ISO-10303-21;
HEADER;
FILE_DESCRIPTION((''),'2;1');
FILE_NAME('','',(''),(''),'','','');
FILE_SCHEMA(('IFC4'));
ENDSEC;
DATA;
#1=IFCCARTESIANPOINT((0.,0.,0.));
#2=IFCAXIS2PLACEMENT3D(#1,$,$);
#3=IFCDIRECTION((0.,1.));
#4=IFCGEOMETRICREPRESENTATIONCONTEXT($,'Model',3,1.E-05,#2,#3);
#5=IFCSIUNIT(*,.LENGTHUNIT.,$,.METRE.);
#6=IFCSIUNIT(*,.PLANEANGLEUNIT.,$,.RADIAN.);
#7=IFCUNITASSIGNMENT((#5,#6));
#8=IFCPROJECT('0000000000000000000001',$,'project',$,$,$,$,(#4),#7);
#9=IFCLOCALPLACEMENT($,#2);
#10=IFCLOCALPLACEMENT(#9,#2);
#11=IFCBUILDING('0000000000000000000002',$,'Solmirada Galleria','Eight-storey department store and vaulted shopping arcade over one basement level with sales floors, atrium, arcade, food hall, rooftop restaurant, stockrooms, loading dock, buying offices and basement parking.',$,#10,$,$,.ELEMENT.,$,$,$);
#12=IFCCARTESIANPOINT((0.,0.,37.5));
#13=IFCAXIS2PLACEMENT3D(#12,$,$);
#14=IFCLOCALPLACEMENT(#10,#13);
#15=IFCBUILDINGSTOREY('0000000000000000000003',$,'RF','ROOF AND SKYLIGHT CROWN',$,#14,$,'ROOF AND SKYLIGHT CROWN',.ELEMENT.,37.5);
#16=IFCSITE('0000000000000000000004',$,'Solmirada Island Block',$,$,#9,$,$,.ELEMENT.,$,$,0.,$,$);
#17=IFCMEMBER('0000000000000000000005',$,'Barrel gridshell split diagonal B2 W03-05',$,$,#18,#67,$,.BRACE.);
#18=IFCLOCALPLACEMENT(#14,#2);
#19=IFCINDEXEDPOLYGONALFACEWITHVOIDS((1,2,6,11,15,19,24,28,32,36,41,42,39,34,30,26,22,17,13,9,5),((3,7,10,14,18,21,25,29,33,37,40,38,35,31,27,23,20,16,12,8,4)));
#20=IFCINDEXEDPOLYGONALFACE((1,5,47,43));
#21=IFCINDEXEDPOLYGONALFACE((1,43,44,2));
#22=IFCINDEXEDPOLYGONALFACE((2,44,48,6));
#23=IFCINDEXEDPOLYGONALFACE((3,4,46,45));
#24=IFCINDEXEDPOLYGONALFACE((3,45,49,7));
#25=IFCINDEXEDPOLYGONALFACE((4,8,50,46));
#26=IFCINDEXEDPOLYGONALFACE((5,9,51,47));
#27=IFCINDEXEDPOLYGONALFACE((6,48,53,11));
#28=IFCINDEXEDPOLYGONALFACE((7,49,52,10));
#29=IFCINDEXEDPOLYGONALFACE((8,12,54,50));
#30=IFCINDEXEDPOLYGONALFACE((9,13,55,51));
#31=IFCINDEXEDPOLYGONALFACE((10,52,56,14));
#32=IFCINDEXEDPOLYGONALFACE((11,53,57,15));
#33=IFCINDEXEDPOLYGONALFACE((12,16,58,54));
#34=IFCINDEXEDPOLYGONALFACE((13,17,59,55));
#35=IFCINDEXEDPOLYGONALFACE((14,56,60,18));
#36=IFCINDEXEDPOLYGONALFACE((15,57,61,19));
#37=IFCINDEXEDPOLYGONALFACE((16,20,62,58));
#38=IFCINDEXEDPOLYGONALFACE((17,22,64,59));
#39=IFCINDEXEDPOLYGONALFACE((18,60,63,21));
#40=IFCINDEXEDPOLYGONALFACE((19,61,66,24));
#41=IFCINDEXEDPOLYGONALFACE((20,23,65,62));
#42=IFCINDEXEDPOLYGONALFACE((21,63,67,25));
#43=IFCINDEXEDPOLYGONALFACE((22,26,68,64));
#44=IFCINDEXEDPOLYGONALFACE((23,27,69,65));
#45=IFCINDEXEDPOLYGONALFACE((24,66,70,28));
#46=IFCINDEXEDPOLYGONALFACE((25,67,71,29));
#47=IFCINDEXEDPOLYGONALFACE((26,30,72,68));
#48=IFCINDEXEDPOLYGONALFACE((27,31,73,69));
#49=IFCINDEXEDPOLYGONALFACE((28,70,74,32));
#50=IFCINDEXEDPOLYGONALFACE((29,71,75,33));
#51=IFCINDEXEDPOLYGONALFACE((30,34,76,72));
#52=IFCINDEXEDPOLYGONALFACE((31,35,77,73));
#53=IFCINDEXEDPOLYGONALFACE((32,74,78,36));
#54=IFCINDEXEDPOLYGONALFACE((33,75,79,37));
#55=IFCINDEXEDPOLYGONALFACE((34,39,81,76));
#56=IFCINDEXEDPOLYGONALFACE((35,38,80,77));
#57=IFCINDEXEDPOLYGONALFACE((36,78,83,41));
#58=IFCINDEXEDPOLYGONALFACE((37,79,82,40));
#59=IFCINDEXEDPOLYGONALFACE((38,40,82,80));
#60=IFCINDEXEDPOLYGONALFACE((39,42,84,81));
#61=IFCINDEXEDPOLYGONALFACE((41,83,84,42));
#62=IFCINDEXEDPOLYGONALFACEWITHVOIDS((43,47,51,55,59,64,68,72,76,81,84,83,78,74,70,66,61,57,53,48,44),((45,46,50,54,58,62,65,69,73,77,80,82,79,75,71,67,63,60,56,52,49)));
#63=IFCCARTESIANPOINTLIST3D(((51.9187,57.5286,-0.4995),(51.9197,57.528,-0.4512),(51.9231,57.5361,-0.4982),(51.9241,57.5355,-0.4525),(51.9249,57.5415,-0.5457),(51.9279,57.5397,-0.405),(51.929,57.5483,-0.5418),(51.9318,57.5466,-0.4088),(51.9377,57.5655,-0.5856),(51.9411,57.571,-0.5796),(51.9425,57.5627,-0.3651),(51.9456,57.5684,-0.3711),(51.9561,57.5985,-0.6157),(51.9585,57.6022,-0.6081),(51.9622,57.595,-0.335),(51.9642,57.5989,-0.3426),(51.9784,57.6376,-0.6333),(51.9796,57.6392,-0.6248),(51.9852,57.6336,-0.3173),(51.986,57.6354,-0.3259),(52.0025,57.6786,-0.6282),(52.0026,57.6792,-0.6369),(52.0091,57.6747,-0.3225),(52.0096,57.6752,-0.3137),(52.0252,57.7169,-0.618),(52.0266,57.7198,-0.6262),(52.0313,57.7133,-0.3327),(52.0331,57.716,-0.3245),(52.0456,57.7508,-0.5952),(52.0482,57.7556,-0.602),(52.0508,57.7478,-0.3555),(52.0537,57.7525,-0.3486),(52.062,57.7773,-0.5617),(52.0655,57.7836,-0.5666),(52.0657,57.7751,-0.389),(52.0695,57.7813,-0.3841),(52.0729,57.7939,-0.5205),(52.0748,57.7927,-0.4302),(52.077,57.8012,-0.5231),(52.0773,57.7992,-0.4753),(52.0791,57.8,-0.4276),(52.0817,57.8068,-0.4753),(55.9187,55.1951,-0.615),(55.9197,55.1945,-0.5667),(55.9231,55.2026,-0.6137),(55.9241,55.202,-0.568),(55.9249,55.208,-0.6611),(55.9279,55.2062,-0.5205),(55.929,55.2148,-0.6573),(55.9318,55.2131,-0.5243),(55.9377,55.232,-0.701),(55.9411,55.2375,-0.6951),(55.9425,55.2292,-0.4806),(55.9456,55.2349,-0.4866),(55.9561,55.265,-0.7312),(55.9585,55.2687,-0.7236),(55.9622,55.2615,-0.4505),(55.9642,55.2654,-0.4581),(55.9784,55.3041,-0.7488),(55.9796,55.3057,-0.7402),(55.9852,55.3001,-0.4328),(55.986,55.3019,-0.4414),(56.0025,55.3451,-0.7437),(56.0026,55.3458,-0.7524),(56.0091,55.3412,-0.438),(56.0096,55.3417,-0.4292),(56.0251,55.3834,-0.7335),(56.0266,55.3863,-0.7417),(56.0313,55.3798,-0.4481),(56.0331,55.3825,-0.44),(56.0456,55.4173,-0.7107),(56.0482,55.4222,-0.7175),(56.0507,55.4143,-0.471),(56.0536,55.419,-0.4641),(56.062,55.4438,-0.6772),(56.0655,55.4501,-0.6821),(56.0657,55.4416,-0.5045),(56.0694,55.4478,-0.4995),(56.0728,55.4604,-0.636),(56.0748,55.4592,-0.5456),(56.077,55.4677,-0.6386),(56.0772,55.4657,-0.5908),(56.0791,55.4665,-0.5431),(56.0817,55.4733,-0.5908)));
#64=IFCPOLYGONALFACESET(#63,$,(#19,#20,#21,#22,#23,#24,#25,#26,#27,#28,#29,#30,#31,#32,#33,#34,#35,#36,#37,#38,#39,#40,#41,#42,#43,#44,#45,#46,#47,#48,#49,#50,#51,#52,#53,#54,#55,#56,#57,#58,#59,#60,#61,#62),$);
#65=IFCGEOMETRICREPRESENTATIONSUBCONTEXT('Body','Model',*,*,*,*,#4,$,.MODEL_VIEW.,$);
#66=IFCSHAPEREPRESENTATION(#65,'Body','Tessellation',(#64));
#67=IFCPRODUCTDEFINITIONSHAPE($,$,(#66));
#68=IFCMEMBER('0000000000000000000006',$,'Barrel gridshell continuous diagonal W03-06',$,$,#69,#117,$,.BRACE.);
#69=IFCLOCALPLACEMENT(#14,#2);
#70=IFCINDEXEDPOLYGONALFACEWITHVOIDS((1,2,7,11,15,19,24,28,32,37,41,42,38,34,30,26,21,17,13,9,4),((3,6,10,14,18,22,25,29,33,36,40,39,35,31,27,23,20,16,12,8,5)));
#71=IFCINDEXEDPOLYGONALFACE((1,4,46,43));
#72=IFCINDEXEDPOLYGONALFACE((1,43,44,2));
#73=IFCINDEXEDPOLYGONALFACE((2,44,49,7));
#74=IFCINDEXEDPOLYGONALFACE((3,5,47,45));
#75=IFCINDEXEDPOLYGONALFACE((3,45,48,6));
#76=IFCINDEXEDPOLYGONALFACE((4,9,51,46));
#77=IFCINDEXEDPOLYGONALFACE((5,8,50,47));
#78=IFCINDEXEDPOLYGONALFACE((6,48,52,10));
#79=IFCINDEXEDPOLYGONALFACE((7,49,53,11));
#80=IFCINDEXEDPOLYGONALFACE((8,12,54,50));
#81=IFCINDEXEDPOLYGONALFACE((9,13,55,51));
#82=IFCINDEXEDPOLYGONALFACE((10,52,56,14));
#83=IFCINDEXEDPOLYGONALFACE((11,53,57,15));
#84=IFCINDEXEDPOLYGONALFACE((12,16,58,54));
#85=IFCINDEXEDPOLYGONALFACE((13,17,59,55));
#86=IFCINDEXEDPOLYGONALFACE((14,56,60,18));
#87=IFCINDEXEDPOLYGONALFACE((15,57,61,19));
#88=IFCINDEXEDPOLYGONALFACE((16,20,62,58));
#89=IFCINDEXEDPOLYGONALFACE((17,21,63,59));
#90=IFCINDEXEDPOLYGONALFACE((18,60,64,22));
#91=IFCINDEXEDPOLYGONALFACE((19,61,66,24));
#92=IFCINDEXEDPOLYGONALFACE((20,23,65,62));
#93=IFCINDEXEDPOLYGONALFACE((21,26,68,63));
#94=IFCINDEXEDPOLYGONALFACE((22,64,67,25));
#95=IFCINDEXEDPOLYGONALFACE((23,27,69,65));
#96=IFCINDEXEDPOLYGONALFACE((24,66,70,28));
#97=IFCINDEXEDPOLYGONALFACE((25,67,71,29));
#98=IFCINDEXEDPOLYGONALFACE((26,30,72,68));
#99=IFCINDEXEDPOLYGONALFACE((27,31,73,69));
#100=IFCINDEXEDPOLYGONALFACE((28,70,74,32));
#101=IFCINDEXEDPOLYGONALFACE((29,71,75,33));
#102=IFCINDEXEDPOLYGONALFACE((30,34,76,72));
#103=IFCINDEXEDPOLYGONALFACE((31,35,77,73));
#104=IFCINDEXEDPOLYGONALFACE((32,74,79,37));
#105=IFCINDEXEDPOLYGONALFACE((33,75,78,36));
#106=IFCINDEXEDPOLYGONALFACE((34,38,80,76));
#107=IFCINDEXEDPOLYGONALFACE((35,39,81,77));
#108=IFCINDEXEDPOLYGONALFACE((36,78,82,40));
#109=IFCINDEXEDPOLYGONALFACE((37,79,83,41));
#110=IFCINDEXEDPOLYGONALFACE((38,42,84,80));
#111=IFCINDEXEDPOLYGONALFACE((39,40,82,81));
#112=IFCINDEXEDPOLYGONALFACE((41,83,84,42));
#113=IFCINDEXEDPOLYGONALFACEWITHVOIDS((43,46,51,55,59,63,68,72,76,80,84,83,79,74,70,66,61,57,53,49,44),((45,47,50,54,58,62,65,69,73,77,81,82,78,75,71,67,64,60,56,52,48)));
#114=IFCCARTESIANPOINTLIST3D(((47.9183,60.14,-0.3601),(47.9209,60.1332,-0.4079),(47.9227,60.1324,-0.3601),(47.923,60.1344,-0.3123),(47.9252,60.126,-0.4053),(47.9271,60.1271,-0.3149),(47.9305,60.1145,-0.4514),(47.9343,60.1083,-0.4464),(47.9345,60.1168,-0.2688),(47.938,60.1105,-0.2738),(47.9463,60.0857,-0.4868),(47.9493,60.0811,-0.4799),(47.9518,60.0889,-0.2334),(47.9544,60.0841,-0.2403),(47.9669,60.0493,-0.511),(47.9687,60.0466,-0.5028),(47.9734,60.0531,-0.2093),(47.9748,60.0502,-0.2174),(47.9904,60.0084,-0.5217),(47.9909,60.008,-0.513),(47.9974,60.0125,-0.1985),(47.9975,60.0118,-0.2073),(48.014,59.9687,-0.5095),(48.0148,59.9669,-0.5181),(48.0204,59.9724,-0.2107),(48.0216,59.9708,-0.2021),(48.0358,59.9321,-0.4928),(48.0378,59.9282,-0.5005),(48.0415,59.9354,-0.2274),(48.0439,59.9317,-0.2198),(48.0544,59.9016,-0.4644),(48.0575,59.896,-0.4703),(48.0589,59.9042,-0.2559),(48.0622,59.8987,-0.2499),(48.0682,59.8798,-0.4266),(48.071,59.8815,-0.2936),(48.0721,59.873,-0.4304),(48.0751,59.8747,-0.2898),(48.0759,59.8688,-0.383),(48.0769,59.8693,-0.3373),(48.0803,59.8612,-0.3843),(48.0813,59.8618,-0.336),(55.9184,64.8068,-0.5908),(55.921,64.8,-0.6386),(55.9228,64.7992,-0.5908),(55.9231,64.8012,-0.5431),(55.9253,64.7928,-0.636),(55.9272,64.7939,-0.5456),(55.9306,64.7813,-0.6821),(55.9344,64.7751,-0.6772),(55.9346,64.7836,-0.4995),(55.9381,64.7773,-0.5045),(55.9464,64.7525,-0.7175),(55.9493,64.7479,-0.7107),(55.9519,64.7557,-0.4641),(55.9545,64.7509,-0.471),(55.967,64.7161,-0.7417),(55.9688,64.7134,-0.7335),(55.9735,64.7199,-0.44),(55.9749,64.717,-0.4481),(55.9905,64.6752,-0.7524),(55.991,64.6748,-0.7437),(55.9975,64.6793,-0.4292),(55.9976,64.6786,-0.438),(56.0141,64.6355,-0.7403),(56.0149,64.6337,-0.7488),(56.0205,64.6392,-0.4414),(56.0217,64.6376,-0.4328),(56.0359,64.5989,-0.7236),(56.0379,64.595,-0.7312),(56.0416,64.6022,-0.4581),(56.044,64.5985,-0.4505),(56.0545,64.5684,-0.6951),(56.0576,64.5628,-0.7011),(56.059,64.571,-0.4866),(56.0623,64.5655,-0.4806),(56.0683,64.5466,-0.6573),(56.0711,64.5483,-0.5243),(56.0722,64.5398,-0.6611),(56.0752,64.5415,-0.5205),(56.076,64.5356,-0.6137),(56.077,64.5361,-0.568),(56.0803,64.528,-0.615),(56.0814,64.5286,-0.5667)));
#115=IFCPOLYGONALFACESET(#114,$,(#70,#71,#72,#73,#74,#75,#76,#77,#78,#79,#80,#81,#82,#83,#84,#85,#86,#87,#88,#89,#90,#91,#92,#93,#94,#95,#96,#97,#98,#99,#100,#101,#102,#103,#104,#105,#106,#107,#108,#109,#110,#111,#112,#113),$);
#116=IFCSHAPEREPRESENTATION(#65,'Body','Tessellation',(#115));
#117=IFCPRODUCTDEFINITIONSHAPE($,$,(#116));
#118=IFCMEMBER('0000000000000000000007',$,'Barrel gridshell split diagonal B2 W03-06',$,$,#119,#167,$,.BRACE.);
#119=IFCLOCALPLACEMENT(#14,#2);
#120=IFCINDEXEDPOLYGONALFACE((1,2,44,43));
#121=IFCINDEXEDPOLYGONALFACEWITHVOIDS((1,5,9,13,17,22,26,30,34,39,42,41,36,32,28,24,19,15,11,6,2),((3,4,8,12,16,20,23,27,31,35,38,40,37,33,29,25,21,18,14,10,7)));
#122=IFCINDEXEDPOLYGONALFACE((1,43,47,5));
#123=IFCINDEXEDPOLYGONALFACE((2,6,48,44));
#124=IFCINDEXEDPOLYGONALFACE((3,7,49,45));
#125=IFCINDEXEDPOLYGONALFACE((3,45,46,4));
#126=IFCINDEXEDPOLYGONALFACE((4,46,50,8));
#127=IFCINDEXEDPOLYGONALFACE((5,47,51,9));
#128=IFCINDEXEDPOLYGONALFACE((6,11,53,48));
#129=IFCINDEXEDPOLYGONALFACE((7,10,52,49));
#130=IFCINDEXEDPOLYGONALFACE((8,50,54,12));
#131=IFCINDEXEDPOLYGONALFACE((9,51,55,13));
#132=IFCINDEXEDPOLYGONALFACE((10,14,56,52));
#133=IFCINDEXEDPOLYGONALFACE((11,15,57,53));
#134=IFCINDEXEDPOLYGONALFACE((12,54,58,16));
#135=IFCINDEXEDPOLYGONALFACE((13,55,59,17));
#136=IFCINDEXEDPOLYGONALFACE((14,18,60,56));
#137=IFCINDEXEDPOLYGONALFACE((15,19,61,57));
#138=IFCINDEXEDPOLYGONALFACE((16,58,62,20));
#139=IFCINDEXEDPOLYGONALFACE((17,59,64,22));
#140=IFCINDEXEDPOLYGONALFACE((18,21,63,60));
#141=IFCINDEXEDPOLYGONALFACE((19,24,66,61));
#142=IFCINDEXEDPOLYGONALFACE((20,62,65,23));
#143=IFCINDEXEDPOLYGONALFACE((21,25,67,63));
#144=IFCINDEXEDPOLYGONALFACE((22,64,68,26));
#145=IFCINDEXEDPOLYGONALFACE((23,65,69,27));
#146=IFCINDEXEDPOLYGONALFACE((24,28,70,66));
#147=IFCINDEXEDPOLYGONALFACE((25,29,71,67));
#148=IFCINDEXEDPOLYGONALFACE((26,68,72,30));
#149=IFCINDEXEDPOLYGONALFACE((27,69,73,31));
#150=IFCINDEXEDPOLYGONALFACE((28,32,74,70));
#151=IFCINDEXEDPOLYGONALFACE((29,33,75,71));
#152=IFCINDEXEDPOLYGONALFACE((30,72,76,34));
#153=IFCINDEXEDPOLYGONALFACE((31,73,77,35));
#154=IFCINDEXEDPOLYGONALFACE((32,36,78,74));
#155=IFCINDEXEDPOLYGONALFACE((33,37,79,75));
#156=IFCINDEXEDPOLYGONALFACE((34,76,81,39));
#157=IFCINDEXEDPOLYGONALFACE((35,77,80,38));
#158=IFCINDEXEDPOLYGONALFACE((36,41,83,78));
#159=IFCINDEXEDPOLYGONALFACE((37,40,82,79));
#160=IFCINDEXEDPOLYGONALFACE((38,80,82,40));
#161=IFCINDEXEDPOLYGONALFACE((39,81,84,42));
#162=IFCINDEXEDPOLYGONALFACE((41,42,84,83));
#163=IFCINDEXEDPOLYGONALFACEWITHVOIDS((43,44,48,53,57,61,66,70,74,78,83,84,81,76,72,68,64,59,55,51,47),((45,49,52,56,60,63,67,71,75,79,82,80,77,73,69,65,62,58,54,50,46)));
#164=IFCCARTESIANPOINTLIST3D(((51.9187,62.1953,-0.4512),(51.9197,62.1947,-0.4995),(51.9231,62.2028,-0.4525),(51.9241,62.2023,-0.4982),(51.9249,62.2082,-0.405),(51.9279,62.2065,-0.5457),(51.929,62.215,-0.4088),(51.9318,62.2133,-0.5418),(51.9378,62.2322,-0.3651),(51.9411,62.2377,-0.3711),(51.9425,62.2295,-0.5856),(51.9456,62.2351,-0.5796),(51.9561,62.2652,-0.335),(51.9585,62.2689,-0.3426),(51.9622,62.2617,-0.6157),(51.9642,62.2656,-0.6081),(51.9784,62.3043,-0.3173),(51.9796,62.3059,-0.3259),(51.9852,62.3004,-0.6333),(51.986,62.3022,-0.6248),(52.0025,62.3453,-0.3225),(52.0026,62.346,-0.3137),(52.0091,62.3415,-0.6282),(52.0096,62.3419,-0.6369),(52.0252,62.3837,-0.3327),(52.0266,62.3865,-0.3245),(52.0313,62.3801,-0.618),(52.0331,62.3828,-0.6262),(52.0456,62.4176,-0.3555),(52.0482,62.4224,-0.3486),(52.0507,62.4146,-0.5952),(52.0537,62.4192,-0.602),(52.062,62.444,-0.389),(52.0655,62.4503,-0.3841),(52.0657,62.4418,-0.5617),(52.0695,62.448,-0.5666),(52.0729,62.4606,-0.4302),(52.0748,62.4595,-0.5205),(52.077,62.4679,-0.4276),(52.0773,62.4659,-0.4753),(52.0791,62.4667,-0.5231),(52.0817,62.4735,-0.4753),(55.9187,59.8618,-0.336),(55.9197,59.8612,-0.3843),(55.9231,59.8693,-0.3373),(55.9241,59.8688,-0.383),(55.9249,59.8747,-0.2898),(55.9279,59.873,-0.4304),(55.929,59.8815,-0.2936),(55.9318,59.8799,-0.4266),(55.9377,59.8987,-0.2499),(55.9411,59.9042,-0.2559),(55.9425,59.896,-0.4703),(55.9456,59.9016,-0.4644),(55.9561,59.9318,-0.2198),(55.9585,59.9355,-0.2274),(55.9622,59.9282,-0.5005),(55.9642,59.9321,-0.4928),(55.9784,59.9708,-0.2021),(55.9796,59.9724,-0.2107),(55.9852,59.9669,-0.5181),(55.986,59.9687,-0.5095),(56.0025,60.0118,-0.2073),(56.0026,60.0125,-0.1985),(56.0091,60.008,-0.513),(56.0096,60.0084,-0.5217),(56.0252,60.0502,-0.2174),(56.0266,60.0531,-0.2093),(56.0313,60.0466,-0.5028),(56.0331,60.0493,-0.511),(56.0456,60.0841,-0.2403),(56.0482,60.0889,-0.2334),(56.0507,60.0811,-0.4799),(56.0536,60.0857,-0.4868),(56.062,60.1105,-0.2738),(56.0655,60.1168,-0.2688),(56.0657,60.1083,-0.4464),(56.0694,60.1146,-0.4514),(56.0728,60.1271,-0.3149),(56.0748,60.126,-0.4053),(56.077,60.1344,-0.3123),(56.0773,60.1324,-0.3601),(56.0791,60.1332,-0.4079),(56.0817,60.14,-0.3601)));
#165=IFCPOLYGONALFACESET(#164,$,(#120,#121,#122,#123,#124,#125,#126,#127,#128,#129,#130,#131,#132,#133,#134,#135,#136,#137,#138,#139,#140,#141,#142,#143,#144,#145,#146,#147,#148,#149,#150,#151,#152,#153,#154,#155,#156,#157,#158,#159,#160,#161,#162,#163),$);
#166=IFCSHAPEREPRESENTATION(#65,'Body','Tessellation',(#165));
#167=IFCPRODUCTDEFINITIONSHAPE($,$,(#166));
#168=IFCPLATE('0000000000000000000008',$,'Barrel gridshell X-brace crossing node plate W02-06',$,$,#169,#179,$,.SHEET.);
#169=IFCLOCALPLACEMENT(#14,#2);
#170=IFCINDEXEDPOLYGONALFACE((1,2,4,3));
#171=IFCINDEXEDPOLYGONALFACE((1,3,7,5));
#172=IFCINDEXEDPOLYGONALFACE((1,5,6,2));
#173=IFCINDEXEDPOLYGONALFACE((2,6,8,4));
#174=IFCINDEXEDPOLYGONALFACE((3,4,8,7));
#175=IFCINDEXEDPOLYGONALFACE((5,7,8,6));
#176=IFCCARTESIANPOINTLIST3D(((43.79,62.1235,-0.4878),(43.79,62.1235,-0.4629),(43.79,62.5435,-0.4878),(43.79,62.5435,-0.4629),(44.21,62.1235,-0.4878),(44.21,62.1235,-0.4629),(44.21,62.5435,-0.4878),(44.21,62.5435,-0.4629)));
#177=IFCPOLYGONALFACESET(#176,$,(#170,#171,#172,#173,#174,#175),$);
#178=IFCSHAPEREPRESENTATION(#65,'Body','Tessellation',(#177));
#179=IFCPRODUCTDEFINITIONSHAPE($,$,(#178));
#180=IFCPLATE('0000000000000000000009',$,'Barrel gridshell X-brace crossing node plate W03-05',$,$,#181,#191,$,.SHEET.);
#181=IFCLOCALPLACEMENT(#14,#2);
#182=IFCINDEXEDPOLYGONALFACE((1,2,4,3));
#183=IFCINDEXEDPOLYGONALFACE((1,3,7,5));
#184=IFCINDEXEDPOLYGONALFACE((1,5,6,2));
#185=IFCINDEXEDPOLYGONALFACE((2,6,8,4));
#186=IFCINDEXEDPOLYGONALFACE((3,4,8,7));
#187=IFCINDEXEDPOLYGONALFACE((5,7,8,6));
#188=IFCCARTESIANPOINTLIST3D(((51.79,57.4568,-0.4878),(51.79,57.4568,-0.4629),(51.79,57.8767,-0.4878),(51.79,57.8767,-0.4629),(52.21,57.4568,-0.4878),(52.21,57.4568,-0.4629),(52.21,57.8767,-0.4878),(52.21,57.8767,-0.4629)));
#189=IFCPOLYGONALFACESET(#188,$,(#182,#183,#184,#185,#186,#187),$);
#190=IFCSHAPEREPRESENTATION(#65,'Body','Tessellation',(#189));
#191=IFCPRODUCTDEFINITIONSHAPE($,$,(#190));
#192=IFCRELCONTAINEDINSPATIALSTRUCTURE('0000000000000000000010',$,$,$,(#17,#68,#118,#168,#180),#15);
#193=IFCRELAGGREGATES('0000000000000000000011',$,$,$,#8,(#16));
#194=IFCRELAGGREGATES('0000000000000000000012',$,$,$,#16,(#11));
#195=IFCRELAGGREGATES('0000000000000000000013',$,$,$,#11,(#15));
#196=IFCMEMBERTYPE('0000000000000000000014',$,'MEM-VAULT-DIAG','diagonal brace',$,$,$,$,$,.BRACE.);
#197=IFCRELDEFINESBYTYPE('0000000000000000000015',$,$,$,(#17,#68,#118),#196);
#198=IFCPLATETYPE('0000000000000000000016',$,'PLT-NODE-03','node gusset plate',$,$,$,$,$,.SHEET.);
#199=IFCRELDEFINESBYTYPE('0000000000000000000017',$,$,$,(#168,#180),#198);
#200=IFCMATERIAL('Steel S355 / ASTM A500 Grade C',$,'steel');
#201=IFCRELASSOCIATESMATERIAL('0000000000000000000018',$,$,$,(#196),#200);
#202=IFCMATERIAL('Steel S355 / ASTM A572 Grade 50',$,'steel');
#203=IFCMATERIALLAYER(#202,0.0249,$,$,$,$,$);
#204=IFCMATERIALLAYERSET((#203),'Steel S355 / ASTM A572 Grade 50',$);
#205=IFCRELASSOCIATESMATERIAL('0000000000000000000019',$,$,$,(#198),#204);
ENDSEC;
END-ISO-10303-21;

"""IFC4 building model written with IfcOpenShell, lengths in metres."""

from ifc_helpers import new_model, si_unit, direction, frame, origin, origin_2d, place, context, subcontext, project, spatial, rectangle, hollow_circle, extrude, material, layer, layer_set, material_profile, profile_set, type_object, element, save


model = new_model("IFC4")

# Units and contexts
model_context = context("Model", 3, precision=1e-05, world=origin(), true_north=direction((0.0, 1.0)))
body_context = subcontext(model_context, "Body", "Model", "MODEL_VIEW")
ifc_project = project(units=[si_unit("LENGTHUNIT", "METRE"), si_unit("PLANEANGLEUNIT", "RADIAN")], contexts=[model_context])

# Site, building, storey
site_placement = place(None, origin())
site = spatial("IfcSite", under=ifc_project, at=site_placement, Name="Solmirada Island Block", CompositionType="ELEMENT", RefElevation=0.0)
building_placement = place(site_placement, origin())
building = spatial("IfcBuilding", under=site, at=building_placement, Name="Solmirada Galleria", Description="Eight-storey department store and vaulted shopping arcade over one basement level with sales floors, atrium, arcade, food hall, rooftop restaurant, stockrooms, loading dock, buying offices and basement parking.", CompositionType="ELEMENT")
storey_placement = place(building_placement, frame((0.0, 0.0, 37.5)))
storey = spatial("IfcBuildingStorey", under=building, at=storey_placement, Name="RF", Description="ROOF AND SKYLIGHT CROWN", LongName="ROOF AND SKYLIGHT CROWN", CompositionType="ELEMENT", Elevation=37.5)

# Members
ifc_material_1 = material(Name="Steel S355 / ASTM A500 Grade C", Category="steel")
ifc_material_profile_1 = material_profile(ifc_material_1, hollow_circle(Radius=0.1621, WallThickness=0.0088, at=origin_2d()), Name="HSS12.750X0.375")
ifc_profile_set_1 = profile_set([ifc_material_profile_1], Name="Steel S355 / ASTM A500 Grade C")
member_type_1 = type_object("IfcMemberType", Name="MEM-VAULT-DIAG", Description="diagonal brace", PredefinedType="BRACE", material=ifc_profile_set_1)
for number, where, z_axis, x_axis, name in (
    (1, (52.0, 57.6667, -0.4753), (0.863495, -0.503741, -0.024929), (0.503897, 0.863764, 0.0), "Barrel gridshell split diagonal B2 W03-05"),
):
    element("IfcMember", number, at=place(storey_placement, frame(where, z_axis=z_axis, x_axis=x_axis)), inside=storey, type_object=member_type_1, Name=name, PredefinedType="BRACE", context=body_context, shape_type="SweptSolid", body=[
        extrude(hollow_circle(Radius=0.1621, WallThickness=0.0088, at=origin_2d()), origin(), (0.0, 0.0, 1.0), 4.6323),
    ])
member_1_placement = place(storey_placement, frame((48.0, 60.0, -0.3601), z_axis=(0.863507, 0.503721, -0.024903), x_axis=(-0.503878, 0.863775, 0.0)))
element("IfcMember", 2, at=member_1_placement, inside=storey, type_object=member_type_1, Name="Barrel gridshell continuous diagonal W03-06", PredefinedType="BRACE", context=body_context, shape_type="SweptSolid", body=[
    extrude(hollow_circle(Radius=0.1621, WallThickness=0.0088, at=origin_2d()), origin(), (0.0, 0.0, 1.0), 9.2646),
])
member_2_placement = place(storey_placement, frame((52.0, 62.3335, -0.4753), z_axis=(0.863496, -0.503741, 0.024876), x_axis=(0.503897, 0.863764, 0.0)))
element("IfcMember", 3, at=member_2_placement, inside=storey, type_object=member_type_1, Name="Barrel gridshell split diagonal B2 W03-06", PredefinedType="BRACE", context=body_context, shape_type="SweptSolid", body=[
    extrude(hollow_circle(Radius=0.1621, WallThickness=0.0088, at=origin_2d()), origin(), (0.0, 0.0, 1.0), 4.6323),
])

# Plates
ifc_material_2 = material(Name="Steel S355 / ASTM A572 Grade 50", Category="steel")
ifc_layer_1 = layer(ifc_material_2, 0.0249)
ifc_layer_set_1 = layer_set([ifc_layer_1], Name="Steel S355 / ASTM A572 Grade 50")
plate_type_1 = type_object("IfcPlateType", Name="PLT-NODE-03", Description="node gusset plate", PredefinedType="SHEET", material=ifc_layer_set_1)
for number, where, z_axis, x_axis, name in (
    (4, (44.0, 62.3335, -0.4878), (0.0, 0.0, 1.0), (1.0, 0.0, 0.0), "Barrel gridshell X-brace crossing node plate W02-06"),
    (5, (52.0, 57.6667, -0.4878), (0.0, 0.0, 1.0), (1.0, 0.0, 0.0), "Barrel gridshell X-brace crossing node plate W03-05"),
):
    element("IfcPlate", number, at=place(storey_placement, frame(where, z_axis=z_axis, x_axis=x_axis)), inside=storey, type_object=plate_type_1, Name=name, PredefinedType="SHEET", context=body_context, shape_type="SweptSolid", body=[
        extrude(rectangle(XDim=0.4199, YDim=0.4199, at=origin_2d()), origin(), (0.0, 0.0, 1.0), 0.0249),
    ])

save(model, "model.ifc")
